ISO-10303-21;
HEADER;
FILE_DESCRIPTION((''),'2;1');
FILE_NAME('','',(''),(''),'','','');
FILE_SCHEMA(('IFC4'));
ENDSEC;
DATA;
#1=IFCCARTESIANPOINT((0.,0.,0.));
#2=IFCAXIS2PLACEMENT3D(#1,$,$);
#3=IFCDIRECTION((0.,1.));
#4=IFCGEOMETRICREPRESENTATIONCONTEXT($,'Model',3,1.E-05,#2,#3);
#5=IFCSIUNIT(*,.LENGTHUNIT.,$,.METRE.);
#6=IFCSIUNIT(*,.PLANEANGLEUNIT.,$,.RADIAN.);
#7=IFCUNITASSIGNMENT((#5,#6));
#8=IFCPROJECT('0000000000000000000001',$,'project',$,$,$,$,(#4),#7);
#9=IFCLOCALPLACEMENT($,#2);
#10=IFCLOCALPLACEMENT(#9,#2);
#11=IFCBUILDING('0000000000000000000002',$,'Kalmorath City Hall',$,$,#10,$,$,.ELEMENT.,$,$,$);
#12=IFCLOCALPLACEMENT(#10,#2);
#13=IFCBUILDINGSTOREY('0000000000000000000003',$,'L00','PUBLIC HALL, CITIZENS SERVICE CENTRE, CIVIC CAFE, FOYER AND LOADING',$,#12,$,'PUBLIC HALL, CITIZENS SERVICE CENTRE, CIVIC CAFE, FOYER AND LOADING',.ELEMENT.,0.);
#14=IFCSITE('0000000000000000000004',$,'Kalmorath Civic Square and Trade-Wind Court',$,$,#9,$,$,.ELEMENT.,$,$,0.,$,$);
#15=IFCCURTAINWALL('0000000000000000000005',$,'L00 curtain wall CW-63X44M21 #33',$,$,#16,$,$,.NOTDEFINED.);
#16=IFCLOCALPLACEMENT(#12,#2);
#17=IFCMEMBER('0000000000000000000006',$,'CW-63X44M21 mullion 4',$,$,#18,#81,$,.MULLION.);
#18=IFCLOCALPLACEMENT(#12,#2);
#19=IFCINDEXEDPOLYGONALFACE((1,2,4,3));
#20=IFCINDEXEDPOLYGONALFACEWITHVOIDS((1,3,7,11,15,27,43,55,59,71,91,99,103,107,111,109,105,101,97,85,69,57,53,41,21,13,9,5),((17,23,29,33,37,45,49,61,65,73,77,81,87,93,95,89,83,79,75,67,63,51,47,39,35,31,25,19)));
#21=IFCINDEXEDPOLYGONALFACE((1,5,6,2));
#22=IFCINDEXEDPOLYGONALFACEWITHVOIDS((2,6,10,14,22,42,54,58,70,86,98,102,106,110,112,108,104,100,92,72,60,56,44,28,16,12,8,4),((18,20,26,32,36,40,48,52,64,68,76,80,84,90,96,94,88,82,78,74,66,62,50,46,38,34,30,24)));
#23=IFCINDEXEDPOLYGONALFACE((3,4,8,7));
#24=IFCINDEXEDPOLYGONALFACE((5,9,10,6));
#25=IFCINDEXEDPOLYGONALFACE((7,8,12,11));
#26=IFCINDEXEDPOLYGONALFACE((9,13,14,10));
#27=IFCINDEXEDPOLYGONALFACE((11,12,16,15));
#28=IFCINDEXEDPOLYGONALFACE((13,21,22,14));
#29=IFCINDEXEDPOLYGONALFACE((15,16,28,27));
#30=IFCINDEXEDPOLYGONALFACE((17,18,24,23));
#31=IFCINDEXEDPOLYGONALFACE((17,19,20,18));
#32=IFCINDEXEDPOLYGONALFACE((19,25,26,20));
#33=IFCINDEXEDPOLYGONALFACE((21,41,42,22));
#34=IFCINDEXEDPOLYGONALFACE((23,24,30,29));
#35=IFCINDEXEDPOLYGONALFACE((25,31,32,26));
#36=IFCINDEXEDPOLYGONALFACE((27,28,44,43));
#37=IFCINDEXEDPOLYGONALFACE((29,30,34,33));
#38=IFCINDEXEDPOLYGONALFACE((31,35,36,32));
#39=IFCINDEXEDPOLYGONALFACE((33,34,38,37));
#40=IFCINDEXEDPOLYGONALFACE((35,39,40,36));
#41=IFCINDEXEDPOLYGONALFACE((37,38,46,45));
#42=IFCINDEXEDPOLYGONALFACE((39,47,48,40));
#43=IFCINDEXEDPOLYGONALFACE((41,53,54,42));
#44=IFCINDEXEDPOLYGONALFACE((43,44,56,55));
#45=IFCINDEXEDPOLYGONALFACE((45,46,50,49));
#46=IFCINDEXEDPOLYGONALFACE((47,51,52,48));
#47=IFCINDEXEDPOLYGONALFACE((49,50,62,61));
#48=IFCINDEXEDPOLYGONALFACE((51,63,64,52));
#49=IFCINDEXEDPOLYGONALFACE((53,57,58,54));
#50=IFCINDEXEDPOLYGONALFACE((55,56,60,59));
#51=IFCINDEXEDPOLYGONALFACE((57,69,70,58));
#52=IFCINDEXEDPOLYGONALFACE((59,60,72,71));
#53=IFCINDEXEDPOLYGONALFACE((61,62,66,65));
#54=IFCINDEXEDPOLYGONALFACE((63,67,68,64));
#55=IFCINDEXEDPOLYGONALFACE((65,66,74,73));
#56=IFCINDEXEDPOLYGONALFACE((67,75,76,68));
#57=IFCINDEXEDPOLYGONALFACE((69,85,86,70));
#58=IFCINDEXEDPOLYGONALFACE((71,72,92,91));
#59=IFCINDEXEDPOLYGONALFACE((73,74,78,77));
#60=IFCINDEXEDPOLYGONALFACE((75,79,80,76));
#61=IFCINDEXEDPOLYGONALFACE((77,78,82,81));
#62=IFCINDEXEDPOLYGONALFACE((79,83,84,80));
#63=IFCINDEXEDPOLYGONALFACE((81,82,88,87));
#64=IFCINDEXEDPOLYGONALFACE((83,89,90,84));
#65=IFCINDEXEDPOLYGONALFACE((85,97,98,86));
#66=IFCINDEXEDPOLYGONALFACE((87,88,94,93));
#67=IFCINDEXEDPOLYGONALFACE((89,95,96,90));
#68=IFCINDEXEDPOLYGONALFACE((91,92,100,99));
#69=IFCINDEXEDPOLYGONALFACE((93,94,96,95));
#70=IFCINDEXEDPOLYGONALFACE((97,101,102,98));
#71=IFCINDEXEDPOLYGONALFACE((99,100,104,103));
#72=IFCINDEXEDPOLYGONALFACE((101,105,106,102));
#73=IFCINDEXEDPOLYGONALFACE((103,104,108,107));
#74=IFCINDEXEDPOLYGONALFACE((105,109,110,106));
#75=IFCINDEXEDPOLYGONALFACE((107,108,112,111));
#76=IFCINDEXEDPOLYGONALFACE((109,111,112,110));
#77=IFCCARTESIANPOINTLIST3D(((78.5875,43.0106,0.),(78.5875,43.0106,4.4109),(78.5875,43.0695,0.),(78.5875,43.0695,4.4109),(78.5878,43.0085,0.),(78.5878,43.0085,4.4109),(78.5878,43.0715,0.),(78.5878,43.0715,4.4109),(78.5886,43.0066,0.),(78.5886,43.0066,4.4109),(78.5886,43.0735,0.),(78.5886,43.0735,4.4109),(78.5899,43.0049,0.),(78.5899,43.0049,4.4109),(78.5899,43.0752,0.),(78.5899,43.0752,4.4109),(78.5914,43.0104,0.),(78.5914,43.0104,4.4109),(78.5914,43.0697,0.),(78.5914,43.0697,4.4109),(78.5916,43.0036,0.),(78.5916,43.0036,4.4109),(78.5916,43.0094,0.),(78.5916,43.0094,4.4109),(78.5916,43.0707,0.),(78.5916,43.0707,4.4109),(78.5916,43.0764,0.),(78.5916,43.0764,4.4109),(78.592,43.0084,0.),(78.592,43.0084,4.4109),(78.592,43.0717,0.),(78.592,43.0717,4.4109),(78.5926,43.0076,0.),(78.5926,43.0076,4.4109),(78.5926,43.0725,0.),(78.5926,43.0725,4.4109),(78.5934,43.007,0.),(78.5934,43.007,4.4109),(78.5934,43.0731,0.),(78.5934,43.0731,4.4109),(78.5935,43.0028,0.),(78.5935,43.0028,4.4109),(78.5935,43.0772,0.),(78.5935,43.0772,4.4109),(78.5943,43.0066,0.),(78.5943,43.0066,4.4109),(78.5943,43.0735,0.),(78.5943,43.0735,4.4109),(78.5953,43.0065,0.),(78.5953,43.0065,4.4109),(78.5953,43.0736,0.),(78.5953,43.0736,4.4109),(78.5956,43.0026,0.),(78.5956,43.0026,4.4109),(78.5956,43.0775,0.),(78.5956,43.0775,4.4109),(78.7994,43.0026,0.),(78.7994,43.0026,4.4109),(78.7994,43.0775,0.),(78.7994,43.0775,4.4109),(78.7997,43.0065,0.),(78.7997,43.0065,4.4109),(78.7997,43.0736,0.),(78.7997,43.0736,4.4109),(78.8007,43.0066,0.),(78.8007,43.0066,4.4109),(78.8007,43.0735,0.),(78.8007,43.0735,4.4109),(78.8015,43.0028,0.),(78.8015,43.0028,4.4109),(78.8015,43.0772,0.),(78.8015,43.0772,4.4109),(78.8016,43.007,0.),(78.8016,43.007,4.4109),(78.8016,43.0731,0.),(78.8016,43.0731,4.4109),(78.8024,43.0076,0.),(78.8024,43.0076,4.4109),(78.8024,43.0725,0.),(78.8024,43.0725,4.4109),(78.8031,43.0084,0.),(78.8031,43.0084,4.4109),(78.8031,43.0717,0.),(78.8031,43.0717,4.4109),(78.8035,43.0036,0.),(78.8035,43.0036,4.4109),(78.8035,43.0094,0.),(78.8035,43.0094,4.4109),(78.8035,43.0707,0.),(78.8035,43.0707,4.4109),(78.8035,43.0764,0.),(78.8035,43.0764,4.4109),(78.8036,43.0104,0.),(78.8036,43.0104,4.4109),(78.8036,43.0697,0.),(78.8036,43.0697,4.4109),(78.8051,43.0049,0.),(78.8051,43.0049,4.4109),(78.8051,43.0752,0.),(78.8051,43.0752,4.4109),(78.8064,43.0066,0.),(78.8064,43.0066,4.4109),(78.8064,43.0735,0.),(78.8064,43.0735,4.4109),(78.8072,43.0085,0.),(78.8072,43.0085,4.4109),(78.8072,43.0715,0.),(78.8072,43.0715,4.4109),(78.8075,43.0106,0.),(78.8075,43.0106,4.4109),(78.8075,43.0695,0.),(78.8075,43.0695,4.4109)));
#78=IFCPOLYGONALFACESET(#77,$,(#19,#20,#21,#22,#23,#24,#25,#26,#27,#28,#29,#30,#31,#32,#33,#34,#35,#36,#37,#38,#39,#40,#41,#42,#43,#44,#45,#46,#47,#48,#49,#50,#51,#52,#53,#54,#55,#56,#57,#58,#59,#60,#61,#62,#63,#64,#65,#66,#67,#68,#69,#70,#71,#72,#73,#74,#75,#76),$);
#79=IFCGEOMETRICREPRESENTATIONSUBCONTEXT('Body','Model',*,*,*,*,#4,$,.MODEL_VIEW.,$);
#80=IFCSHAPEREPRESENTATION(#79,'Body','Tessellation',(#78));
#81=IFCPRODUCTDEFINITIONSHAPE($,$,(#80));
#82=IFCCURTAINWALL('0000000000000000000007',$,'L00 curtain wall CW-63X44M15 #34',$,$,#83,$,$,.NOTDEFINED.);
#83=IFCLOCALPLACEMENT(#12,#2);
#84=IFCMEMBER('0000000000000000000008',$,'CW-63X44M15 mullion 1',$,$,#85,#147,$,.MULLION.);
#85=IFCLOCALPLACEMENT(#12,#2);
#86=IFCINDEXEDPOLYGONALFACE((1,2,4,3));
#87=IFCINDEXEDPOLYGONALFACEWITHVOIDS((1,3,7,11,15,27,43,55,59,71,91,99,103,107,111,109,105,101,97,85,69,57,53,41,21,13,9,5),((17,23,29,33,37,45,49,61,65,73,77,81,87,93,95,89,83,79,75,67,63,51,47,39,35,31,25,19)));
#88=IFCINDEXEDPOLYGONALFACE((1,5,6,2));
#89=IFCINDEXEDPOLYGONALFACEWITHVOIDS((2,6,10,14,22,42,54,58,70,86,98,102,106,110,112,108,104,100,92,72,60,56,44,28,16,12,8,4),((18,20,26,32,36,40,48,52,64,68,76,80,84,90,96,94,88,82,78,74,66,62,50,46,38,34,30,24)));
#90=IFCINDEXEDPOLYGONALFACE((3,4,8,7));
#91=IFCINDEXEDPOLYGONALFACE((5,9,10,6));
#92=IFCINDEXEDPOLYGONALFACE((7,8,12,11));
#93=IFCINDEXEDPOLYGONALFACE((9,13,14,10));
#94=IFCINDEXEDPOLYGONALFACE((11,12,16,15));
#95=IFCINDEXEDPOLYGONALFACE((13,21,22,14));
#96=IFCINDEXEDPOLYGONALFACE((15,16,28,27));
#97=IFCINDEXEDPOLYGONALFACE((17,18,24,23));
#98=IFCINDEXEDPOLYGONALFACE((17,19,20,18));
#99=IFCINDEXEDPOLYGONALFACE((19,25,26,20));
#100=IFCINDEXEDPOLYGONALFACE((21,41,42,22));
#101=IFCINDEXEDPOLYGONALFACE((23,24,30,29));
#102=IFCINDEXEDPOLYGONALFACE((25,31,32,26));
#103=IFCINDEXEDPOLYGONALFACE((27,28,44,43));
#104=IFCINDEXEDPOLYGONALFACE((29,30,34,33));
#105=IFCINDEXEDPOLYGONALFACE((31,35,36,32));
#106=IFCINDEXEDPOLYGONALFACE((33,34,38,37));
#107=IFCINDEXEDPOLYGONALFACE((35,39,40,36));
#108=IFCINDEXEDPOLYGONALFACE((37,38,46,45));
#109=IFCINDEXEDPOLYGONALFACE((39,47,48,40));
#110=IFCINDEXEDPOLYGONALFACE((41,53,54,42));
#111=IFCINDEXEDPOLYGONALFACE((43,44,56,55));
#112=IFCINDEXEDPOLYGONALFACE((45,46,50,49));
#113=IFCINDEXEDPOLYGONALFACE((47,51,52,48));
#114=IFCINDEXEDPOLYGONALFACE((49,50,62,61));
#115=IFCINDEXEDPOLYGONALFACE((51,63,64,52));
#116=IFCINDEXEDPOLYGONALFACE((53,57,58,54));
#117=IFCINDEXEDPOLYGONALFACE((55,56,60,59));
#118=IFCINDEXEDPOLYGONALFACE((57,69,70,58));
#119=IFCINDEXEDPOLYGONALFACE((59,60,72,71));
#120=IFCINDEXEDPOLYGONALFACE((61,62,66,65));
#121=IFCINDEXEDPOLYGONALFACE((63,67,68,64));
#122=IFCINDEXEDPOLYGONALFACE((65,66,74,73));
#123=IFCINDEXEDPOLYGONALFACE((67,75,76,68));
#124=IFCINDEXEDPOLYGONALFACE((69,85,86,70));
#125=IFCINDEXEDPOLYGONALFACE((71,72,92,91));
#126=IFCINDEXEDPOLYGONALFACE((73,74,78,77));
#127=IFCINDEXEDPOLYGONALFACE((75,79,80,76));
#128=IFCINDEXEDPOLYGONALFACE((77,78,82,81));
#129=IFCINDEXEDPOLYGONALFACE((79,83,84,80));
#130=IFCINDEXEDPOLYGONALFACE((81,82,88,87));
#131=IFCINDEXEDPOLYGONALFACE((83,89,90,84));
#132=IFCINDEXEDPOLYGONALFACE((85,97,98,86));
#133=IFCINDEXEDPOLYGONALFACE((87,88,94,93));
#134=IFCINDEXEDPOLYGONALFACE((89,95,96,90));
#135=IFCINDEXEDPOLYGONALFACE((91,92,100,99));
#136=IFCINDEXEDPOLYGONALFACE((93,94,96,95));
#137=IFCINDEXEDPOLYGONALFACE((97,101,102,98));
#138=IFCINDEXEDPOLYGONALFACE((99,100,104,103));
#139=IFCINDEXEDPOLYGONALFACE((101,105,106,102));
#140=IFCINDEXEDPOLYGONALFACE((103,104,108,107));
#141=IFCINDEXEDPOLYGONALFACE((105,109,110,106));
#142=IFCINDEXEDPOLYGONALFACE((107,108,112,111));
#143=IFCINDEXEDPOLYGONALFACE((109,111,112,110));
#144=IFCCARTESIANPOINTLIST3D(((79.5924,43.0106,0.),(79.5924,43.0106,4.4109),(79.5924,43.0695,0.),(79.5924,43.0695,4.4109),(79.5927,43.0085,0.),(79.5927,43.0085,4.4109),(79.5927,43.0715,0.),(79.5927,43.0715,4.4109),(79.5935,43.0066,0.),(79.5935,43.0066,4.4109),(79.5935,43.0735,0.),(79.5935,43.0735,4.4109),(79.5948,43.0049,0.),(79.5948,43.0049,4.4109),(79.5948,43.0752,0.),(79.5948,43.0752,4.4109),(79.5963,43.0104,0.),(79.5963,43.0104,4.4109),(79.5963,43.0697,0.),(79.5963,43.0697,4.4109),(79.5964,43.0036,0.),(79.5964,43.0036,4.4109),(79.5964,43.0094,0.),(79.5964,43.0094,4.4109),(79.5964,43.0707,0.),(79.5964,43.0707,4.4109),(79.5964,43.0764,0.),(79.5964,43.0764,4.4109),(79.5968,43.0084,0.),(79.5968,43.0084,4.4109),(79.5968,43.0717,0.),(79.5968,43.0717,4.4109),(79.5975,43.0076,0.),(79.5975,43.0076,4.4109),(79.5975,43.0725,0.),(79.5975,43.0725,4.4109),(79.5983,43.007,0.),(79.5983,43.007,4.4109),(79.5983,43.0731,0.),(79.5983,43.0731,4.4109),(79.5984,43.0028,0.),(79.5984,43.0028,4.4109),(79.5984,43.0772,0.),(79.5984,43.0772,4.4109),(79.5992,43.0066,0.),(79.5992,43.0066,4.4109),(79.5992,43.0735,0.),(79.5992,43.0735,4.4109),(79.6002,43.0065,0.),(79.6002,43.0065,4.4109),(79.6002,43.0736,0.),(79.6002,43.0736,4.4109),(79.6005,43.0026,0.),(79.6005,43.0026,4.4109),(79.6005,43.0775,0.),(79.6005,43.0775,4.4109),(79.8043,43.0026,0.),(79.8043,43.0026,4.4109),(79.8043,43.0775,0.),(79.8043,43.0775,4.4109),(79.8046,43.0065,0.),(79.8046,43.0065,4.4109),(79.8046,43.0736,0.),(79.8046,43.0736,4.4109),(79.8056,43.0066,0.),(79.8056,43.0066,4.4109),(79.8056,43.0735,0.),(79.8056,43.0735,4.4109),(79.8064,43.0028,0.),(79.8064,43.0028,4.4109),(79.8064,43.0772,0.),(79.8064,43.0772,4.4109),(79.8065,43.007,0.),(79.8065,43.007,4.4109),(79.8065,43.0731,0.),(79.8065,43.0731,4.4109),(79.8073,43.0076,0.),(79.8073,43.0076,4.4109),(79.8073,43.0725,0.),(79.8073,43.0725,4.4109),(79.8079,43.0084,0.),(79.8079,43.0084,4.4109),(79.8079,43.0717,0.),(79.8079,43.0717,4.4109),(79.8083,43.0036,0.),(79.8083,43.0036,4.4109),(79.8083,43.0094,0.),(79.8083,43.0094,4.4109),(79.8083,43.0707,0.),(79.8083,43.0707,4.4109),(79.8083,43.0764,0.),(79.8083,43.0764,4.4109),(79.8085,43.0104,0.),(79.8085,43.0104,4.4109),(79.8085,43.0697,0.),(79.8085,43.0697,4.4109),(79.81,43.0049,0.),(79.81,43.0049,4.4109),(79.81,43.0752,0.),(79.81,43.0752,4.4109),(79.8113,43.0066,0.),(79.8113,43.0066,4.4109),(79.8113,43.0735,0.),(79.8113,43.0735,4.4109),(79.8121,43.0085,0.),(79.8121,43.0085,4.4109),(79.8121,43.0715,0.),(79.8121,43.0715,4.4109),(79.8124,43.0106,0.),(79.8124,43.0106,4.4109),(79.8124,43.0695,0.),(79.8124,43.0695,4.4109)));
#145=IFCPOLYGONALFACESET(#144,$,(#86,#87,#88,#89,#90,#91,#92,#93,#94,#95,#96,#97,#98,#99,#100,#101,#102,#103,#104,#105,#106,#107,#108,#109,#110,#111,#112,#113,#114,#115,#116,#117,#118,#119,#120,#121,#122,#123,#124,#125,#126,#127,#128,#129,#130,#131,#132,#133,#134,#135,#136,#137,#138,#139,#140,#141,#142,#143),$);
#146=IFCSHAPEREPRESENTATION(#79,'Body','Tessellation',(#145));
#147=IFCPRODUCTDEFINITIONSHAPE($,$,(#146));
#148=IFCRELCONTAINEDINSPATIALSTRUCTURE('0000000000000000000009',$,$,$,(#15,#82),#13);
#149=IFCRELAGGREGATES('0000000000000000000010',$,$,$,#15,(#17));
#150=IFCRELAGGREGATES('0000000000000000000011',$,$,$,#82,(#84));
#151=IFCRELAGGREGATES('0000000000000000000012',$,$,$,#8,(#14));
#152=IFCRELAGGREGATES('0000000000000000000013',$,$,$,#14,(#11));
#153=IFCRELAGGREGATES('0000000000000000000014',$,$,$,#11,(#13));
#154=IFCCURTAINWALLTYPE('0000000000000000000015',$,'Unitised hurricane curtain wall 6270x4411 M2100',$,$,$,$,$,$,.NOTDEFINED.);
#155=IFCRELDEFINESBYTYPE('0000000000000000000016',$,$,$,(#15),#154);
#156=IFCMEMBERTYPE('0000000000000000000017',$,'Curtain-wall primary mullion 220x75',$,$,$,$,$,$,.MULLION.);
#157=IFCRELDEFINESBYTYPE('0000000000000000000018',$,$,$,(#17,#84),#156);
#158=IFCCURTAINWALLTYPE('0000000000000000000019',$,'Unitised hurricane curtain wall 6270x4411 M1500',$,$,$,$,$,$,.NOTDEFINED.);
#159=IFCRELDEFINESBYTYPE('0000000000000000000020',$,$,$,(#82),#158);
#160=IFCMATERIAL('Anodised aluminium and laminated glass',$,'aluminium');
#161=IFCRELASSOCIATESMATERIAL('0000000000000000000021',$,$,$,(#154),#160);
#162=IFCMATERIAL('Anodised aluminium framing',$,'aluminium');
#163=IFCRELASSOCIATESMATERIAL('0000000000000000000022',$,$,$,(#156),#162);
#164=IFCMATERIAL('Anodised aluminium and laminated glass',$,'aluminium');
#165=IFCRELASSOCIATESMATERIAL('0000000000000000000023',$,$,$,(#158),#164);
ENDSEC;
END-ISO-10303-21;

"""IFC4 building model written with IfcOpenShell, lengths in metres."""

from ifc_helpers import new_model, si_unit, direction, frame, origin, origin_2d, place, context, subcontext, project, spatial, hollow_rectangle, extrude, material, material_profile, profile_set, type_object, element, aggregate, save


model = new_model("IFC4")

# Units and contexts
model_context = context("Model", 3, precision=1e-05, world=origin(), true_north=direction((0.0, 1.0)))
body_context = subcontext(model_context, "Body", "Model", "MODEL_VIEW")
ifc_project = project(units=[si_unit("LENGTHUNIT", "METRE"), si_unit("PLANEANGLEUNIT", "RADIAN")], contexts=[model_context])

# Site, building, storey
site_placement = place(None, origin())
site = spatial("IfcSite", under=ifc_project, at=site_placement, Name="Kalmorath Civic Square and Trade-Wind Court", CompositionType="ELEMENT", RefElevation=0.0)
building_placement = place(site_placement, origin())
building = spatial("IfcBuilding", under=site, at=building_placement, Name="Kalmorath City Hall", CompositionType="ELEMENT")
storey_placement = place(building_placement, origin())
storey = spatial("IfcBuildingStorey", under=building, at=storey_placement, Name="L00", Description="PUBLIC HALL, CITIZENS SERVICE CENTRE, CIVIC CAFE, FOYER AND LOADING", LongName="PUBLIC HALL, CITIZENS SERVICE CENTRE, CIVIC CAFE, FOYER AND LOADING", CompositionType="ELEMENT", Elevation=0.0)

# Curtain wall, member
ifc_material_1 = material(Name="Anodised aluminium and laminated glass", Category="aluminium")
curtain_wall_type_1 = type_object("IfcCurtainWallType", Name="Unitised hurricane curtain wall 6270x4411 M2100", PredefinedType="NOTDEFINED", material=ifc_material_1)
curtain_wall_1_placement = place(storey_placement, origin())
curtain_wall_1 = element("IfcCurtainWall", 1, at=curtain_wall_1_placement, inside=storey, type_object=curtain_wall_type_1, Name="L00 curtain wall CW-63X44M21 #33", PredefinedType="NOTDEFINED")
ifc_material_2 = material(Name="Anodised aluminium framing", Category="aluminium")
ifc_material_profile_1 = material_profile(ifc_material_2, hollow_rectangle(XDim=0.075, YDim=0.22, WallThickness=0.0039, InnerFilletRadius=0.0039, OuterFilletRadius=0.0081, at=origin_2d()), Name="ALU-MUL-220X75X4")
ifc_profile_set_1 = profile_set([ifc_material_profile_1], Name="Anodised aluminium framing")
member_type_1 = type_object("IfcMemberType", Name="Curtain-wall primary mullion 220x75", PredefinedType="MULLION", material=ifc_profile_set_1)
member_1_placement = place(storey_placement, frame((78.6975, 43.04, 0.0), z_axis=(0.0, 0.0, 1.0), x_axis=(0.0, 1.0, 0.0)))
member_1 = element("IfcMember", 2, at=member_1_placement, type_object=member_type_1, Name="CW-63X44M21 mullion 4", PredefinedType="MULLION", context=body_context, shape_type="SweptSolid", body=[
    extrude(hollow_rectangle(XDim=0.075, YDim=0.22, WallThickness=0.0039, InnerFilletRadius=0.0039, OuterFilletRadius=0.0081, at=origin_2d()), origin(), (0.0, 0.0, 1.0), 4.4109),
])

# Curtain wall, member
ifc_material_3 = material(Name="Anodised aluminium and laminated glass", Category="aluminium")
curtain_wall_type_2 = type_object("IfcCurtainWallType", Name="Unitised hurricane curtain wall 6270x4411 M1500", PredefinedType="NOTDEFINED", material=ifc_material_3)
curtain_wall_2_placement = place(storey_placement, origin())
curtain_wall_2 = element("IfcCurtainWall", 3, at=curtain_wall_2_placement, inside=storey, type_object=curtain_wall_type_2, Name="L00 curtain wall CW-63X44M15 #34", PredefinedType="NOTDEFINED")
member_2_placement = place(storey_placement, frame((79.7024, 43.04, 0.0), z_axis=(0.0, 0.0, 1.0), x_axis=(0.0, 1.0, 0.0)))
member_2 = element("IfcMember", 4, at=member_2_placement, type_object=member_type_1, Name="CW-63X44M15 mullion 1", PredefinedType="MULLION", context=body_context, shape_type="SweptSolid", body=[
    extrude(hollow_rectangle(XDim=0.075, YDim=0.22, WallThickness=0.0039, InnerFilletRadius=0.0039, OuterFilletRadius=0.0081, at=origin_2d()), origin(), (0.0, 0.0, 1.0), 4.4109),
])

aggregate(curtain_wall_1, [member_1])
aggregate(curtain_wall_2, [member_2])

save(model, "model.ifc")
